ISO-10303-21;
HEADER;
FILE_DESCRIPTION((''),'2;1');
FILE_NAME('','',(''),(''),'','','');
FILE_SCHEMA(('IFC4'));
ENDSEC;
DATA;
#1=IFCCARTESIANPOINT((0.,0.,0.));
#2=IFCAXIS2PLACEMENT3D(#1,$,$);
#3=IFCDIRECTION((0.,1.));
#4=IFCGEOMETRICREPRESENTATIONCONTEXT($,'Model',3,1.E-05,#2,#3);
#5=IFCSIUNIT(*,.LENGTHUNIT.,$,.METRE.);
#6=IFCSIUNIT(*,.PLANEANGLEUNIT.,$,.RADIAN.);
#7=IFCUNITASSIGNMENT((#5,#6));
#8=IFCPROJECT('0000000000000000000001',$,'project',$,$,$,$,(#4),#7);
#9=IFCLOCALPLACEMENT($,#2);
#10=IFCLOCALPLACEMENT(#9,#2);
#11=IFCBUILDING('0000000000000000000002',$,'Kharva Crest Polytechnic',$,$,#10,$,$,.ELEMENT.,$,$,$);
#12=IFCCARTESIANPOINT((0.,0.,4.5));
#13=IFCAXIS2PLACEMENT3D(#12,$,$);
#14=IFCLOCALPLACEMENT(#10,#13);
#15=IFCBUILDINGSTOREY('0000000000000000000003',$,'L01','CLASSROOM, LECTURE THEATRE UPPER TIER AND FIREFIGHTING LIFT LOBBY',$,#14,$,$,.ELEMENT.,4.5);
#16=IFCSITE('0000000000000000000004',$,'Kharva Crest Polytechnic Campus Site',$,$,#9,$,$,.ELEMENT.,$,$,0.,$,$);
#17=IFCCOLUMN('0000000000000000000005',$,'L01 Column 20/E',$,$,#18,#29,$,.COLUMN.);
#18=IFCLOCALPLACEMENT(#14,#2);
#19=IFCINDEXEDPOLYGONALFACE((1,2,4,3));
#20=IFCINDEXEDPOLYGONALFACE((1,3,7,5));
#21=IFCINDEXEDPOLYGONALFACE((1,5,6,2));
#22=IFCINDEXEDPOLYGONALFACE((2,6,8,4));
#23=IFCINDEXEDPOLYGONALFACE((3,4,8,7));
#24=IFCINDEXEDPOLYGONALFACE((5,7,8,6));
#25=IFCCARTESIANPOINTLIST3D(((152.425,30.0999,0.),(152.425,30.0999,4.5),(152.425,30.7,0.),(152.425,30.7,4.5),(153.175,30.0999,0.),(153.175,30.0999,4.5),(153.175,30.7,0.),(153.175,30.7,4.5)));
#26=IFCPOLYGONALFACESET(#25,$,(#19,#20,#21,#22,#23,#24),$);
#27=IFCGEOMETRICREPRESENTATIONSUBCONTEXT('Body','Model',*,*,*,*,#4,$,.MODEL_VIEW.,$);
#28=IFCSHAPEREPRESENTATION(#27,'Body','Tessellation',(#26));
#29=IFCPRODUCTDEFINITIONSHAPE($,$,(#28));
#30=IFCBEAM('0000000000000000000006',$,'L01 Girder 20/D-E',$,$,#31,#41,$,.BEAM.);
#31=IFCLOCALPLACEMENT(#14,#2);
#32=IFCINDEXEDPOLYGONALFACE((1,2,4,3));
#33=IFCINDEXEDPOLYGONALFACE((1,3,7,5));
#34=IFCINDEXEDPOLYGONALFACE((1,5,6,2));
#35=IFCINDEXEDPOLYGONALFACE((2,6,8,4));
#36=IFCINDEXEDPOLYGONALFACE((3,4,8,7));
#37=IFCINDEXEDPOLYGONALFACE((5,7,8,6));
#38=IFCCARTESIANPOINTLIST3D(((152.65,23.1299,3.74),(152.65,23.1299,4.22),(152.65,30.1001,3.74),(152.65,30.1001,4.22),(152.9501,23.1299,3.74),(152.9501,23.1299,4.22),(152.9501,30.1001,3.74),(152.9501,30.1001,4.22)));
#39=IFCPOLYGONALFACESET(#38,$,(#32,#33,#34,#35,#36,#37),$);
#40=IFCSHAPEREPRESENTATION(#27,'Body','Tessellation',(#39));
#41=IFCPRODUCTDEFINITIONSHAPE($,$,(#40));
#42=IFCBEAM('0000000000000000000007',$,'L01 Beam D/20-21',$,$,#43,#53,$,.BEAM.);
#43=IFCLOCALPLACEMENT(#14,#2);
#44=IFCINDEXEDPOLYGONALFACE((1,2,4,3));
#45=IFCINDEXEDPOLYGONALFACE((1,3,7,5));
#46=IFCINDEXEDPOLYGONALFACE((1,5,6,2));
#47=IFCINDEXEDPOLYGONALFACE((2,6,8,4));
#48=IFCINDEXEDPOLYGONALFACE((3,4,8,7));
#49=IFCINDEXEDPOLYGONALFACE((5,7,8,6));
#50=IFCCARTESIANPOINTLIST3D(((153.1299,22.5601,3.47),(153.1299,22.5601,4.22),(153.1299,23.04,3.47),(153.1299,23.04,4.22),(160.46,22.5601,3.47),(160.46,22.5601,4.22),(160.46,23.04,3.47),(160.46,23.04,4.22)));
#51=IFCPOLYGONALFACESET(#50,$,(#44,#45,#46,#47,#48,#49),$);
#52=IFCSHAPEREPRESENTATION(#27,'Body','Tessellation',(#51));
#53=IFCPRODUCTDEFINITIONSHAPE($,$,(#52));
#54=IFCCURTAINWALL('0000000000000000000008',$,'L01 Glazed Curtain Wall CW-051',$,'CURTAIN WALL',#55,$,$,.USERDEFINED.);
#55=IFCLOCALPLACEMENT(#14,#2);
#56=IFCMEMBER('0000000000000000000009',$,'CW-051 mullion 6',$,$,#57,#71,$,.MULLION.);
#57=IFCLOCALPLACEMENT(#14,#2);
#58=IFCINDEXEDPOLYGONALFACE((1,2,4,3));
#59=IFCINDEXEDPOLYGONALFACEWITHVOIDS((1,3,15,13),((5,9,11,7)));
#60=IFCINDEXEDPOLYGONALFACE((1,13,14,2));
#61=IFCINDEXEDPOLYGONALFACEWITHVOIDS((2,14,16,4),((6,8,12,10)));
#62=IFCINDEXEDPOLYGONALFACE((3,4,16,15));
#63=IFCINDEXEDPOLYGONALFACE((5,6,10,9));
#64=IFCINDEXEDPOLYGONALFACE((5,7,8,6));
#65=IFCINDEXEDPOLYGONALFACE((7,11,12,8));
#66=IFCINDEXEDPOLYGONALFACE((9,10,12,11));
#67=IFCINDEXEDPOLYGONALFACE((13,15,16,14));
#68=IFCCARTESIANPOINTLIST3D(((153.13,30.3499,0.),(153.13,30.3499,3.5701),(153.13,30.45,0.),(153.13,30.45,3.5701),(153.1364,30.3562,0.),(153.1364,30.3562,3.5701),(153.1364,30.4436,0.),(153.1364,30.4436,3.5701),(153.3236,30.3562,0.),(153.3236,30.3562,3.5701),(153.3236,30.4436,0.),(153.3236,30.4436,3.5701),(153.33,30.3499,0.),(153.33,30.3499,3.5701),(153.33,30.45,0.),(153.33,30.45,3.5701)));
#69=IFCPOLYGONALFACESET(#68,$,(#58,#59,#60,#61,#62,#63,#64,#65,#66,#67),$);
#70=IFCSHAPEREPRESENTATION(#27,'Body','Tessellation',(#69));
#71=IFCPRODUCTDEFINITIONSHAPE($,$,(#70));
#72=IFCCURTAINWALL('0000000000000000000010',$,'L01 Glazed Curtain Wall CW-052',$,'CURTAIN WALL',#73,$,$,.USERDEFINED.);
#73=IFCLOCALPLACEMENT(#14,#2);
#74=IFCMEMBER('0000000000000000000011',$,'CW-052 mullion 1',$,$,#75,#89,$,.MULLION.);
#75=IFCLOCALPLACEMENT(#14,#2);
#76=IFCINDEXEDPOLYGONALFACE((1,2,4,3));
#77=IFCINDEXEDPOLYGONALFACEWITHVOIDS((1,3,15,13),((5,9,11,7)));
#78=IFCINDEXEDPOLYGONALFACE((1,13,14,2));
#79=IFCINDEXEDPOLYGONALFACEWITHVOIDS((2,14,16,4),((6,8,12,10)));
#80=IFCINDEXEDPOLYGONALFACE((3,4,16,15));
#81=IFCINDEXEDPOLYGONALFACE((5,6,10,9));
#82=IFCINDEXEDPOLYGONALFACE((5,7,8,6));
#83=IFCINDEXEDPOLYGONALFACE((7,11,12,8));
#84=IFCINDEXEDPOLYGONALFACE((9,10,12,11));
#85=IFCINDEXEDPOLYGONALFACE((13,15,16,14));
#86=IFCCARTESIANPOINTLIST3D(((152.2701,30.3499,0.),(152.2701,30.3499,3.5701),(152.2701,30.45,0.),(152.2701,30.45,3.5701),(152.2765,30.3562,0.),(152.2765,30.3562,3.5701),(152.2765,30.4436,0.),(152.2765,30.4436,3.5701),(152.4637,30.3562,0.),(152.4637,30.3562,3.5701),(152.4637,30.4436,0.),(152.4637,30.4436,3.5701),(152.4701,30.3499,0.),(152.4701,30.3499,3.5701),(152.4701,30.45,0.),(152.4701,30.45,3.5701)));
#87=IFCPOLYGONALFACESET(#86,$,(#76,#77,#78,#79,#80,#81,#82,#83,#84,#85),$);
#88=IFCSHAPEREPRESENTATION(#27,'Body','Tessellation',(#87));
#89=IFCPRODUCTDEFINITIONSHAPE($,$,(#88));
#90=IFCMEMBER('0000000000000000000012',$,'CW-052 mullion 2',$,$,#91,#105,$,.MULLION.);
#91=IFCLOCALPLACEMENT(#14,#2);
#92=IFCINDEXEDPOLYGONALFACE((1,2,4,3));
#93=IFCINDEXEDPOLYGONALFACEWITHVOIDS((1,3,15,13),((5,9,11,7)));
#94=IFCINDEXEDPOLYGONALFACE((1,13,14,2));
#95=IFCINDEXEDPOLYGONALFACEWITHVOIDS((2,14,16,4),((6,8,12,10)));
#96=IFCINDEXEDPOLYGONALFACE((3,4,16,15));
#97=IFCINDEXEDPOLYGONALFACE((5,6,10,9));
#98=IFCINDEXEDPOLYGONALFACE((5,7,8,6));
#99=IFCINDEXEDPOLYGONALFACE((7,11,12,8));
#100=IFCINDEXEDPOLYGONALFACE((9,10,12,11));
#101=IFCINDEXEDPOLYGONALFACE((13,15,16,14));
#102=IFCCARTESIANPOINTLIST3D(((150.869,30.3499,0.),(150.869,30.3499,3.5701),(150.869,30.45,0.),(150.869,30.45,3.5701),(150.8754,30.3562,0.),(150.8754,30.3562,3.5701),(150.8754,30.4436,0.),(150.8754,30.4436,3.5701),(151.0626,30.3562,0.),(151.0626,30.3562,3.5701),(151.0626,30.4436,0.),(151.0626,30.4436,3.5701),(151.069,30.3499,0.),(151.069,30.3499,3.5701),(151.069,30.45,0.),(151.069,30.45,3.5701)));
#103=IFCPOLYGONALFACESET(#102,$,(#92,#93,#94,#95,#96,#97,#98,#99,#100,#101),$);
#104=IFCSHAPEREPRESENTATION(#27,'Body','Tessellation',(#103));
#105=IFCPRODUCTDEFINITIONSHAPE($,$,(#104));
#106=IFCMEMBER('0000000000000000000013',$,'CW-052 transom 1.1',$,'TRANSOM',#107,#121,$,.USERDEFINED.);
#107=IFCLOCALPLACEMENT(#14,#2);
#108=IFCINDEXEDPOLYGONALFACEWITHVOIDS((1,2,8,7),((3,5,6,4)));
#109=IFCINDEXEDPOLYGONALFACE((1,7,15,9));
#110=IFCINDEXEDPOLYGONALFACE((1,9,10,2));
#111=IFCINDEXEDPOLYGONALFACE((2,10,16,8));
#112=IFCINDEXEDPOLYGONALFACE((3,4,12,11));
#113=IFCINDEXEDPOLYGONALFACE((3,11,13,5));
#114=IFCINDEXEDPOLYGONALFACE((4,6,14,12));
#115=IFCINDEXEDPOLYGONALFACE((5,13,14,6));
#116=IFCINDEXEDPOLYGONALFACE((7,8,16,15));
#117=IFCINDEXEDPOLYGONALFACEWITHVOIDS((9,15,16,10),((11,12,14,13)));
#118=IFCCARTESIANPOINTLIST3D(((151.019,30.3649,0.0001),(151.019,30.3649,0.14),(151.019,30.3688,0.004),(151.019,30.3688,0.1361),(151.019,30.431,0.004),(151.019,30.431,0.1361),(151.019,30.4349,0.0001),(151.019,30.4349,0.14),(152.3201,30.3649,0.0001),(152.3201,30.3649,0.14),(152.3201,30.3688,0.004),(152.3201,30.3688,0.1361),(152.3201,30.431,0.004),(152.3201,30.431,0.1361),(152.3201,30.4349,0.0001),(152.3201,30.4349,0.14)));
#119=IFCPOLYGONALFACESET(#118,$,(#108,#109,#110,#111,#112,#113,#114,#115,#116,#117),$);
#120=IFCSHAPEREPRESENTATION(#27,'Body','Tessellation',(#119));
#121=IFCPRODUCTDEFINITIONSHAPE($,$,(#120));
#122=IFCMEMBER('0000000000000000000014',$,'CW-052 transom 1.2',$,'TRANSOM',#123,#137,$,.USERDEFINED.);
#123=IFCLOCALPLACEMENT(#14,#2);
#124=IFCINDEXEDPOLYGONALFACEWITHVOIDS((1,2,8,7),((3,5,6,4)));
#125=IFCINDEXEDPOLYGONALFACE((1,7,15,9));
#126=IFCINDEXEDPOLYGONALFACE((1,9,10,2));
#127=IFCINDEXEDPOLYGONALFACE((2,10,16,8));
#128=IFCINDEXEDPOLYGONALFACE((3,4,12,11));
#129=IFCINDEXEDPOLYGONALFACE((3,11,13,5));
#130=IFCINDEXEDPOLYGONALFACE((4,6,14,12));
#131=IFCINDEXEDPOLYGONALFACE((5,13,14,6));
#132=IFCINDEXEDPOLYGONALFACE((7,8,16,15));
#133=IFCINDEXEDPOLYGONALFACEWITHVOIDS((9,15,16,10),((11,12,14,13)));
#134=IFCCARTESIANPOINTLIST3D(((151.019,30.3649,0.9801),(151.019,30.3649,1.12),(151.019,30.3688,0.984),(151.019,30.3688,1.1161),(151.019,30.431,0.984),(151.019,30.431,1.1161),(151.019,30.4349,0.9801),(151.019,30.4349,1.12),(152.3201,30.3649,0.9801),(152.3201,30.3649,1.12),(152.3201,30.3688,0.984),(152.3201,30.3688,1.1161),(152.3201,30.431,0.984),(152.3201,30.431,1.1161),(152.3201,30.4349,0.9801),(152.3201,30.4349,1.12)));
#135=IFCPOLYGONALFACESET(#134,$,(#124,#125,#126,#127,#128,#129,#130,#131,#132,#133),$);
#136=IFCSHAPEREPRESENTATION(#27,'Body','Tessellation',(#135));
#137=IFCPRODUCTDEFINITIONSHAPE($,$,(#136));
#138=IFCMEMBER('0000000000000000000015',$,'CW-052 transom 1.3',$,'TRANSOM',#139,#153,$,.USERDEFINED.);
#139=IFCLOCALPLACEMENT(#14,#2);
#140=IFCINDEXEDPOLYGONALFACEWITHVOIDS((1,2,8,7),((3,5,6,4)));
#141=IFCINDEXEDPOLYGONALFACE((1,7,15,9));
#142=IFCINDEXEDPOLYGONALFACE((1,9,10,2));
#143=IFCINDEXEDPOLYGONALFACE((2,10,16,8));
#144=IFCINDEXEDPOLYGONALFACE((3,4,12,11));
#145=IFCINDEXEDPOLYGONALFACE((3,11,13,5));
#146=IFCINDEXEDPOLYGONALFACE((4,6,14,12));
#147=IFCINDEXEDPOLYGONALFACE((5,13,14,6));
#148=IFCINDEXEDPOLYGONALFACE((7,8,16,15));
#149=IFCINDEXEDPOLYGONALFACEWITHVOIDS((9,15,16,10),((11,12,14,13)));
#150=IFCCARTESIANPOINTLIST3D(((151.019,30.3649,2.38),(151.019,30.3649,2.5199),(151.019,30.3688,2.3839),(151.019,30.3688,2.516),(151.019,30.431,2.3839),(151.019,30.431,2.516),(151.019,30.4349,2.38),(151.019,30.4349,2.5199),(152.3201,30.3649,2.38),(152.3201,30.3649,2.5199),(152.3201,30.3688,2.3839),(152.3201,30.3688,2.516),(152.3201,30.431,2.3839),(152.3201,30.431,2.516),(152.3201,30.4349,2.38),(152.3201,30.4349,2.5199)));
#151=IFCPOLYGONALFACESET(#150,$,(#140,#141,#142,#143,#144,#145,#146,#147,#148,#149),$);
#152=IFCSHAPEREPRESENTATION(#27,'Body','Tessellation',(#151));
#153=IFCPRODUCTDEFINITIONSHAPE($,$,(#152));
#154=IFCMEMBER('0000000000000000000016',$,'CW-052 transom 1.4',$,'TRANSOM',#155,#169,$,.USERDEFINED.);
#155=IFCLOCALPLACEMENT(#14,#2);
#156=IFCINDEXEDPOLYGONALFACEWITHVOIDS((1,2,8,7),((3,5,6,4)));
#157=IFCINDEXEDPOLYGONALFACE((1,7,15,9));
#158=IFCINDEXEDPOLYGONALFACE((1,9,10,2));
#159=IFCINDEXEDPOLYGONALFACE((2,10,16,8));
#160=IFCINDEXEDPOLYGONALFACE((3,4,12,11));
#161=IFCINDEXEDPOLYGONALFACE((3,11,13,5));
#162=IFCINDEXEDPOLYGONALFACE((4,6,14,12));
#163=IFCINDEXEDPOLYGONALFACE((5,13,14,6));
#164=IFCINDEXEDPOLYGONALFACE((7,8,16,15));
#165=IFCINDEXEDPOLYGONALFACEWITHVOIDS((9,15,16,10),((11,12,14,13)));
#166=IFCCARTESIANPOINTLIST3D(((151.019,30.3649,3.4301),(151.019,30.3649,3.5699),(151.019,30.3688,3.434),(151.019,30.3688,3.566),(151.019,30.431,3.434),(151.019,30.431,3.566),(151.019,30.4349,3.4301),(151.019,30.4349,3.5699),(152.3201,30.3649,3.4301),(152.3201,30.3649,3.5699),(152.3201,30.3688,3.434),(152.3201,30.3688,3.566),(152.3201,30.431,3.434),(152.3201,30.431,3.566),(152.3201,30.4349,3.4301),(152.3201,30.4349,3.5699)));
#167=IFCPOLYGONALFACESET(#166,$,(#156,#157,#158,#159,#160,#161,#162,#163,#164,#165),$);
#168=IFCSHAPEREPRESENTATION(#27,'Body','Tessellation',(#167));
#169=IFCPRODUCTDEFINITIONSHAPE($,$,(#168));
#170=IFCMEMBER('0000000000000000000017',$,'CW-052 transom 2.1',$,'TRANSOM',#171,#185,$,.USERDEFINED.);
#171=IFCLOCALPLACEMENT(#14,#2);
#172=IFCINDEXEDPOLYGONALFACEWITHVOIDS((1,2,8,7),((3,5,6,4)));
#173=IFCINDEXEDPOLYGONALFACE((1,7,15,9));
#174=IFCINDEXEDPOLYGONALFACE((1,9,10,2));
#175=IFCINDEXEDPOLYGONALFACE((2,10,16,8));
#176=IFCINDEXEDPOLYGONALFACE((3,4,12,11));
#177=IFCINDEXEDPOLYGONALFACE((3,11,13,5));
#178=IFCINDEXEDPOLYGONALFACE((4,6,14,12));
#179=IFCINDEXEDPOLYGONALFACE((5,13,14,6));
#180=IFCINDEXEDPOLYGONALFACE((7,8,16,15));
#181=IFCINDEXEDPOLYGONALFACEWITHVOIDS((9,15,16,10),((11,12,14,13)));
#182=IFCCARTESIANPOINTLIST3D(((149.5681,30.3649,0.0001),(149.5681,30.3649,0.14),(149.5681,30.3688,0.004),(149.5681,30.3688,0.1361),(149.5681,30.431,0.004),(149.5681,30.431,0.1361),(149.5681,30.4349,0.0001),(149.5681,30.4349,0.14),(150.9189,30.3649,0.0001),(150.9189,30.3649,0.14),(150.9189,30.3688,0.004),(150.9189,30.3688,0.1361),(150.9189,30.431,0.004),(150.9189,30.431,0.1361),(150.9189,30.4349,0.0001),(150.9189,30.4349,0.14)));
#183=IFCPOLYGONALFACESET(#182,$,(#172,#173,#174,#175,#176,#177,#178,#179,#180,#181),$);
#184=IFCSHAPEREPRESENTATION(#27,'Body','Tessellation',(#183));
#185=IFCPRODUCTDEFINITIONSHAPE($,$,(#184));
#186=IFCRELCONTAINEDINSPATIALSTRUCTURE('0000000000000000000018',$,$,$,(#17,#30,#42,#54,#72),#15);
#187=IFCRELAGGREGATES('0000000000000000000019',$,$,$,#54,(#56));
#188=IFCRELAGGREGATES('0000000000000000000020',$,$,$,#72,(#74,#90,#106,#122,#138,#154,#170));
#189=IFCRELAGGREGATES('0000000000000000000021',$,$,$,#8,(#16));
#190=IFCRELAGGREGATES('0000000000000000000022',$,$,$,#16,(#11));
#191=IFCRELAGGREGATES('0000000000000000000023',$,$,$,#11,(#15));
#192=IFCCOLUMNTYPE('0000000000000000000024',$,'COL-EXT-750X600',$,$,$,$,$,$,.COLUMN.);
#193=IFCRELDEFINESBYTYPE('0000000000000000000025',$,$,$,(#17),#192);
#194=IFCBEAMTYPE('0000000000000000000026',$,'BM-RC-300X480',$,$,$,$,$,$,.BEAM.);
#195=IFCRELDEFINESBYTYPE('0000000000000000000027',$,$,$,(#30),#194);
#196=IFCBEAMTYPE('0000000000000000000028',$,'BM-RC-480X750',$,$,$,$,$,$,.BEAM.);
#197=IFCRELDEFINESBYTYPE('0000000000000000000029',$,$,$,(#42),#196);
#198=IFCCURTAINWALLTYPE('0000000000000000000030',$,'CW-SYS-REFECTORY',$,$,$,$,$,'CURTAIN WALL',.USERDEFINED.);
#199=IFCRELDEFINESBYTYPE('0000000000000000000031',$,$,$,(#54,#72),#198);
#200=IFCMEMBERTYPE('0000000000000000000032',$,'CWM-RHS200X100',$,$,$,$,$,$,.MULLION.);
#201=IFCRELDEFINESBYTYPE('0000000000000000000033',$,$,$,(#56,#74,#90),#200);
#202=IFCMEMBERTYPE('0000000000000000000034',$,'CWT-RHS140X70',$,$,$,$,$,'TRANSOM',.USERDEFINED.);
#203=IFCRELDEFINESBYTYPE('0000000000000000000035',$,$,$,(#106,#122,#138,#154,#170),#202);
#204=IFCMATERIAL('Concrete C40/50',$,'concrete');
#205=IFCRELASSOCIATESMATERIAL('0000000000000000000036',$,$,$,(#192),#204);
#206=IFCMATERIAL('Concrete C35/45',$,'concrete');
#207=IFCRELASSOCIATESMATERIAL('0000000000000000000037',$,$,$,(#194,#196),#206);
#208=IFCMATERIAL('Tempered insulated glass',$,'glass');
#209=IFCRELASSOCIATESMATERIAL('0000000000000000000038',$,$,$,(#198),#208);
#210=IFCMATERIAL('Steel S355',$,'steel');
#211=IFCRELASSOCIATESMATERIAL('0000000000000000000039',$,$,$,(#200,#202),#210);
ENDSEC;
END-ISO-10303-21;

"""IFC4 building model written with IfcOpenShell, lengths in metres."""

from ifc_helpers import new_model, si_unit, direction, frame, origin, origin_2d, place, context, subcontext, project, spatial, rectangle, hollow_rectangle, extrude, material, material_profile, profile_set, type_object, element, aggregate, save


model = new_model("IFC4")

# Units and contexts
model_context = context("Model", 3, precision=1e-05, world=origin(), true_north=direction((0.0, 1.0)))
body_context = subcontext(model_context, "Body", "Model", "MODEL_VIEW")
ifc_project = project(units=[si_unit("LENGTHUNIT", "METRE"), si_unit("PLANEANGLEUNIT", "RADIAN")], contexts=[model_context])

# Site, building, storey
site_placement = place(None, origin())
site = spatial("IfcSite", under=ifc_project, at=site_placement, Name="Kharva Crest Polytechnic Campus Site", CompositionType="ELEMENT", RefElevation=0.0)
building_placement = place(site_placement, origin())
building = spatial("IfcBuilding", under=site, at=building_placement, Name="Kharva Crest Polytechnic", CompositionType="ELEMENT")
storey_placement = place(building_placement, frame((0.0, 0.0, 4.5)))
storey = spatial("IfcBuildingStorey", under=building, at=storey_placement, Name="L01", Description="CLASSROOM, LECTURE THEATRE UPPER TIER AND FIREFIGHTING LIFT LOBBY", CompositionType="ELEMENT", Elevation=4.5)

# Column
ifc_material_1 = material(Name="Concrete C40/50", Category="concrete")
ifc_material_profile_1 = material_profile(ifc_material_1, rectangle(XDim=0.75, YDim=0.6001, at=origin_2d()), Name="RECT 750 X 600")
ifc_profile_set_1 = profile_set([ifc_material_profile_1], Name="Concrete C40/50")
column_type = type_object("IfcColumnType", Name="COL-EXT-750X600", PredefinedType="COLUMN", material=ifc_profile_set_1)
column_placement = place(storey_placement, frame((152.8, 30.3999, 0.0), z_axis=(0.0, 0.0, 1.0), x_axis=(1.0, 0.0, 0.0)))
element("IfcColumn", 1, at=column_placement, inside=storey, type_object=column_type, Name="L01 Column 20/E", PredefinedType="COLUMN", context=body_context, shape_type="SweptSolid", body=[
    extrude(rectangle(XDim=0.75, YDim=0.6001, at=origin_2d()), origin(), (0.0, 0.0, 1.0), 4.5),
])

# Beams
ifc_material_2 = material(Name="Concrete C35/45", Category="concrete")
ifc_material_profile_2 = material_profile(ifc_material_2, rectangle(XDim=0.3, YDim=0.48, at=origin_2d()), Name="RECT 300 X 480")
ifc_profile_set_2 = profile_set([ifc_material_profile_2], Name="Concrete C35/45")
beam_type_1 = type_object("IfcBeamType", Name="BM-RC-300X480", PredefinedType="BEAM", material=ifc_profile_set_2)
beam_1_placement = place(storey_placement, frame((152.8, 23.1299, 3.98), z_axis=(0.0, 1.0, 0.0), x_axis=(-1.0, 0.0, 0.0)))
element("IfcBeam", 2, at=beam_1_placement, inside=storey, type_object=beam_type_1, Name="L01 Girder 20/D-E", PredefinedType="BEAM", context=body_context, shape_type="SweptSolid", body=[
    extrude(rectangle(XDim=0.3, YDim=0.48, at=origin_2d()), origin(), (0.0, 0.0, 1.0), 6.9702),
])
ifc_material_profile_3 = material_profile(ifc_material_2, rectangle(XDim=0.48, YDim=0.75, at=origin_2d()), Name="RECT 480 X 750")
ifc_profile_set_3 = profile_set([ifc_material_profile_3], Name="Concrete C35/45")
beam_type_2 = type_object("IfcBeamType", Name="BM-RC-480X750", PredefinedType="BEAM", material=ifc_profile_set_3)
beam_2_placement = place(storey_placement, frame((153.1299, 22.8, 3.845), z_axis=(1.0, 0.0, 0.0), x_axis=(0.0, 1.0, 0.0)))
element("IfcBeam", 3, at=beam_2_placement, inside=storey, type_object=beam_type_2, Name="L01 Beam D/20-21", PredefinedType="BEAM", context=body_context, shape_type="SweptSolid", body=[
    extrude(rectangle(XDim=0.48, YDim=0.75, at=origin_2d()), origin(), (0.0, 0.0, 1.0), 7.3301),
])

# Curtain wall, member
ifc_material_3 = material(Name="Tempered insulated glass", Category="glass")
curtain_wall_type = type_object("IfcCurtainWallType", Name="CW-SYS-REFECTORY", ElementType="CURTAIN WALL", PredefinedType="USERDEFINED", material=ifc_material_3)
curtain_wall_1_placement = place(storey_placement, origin())
curtain_wall_1 = element("IfcCurtainWall", 4, at=curtain_wall_1_placement, inside=storey, type_object=curtain_wall_type, Name="L01 Glazed Curtain Wall CW-051", ObjectType="CURTAIN WALL", PredefinedType="USERDEFINED")
ifc_material_4 = material(Name="Steel S355", Category="steel")
ifc_material_profile_4 = material_profile(ifc_material_4, hollow_rectangle(XDim=0.1001, YDim=0.2, WallThickness=0.0063, at=origin_2d()), Name="RHS 200X100X6.3")
ifc_profile_set_4 = profile_set([ifc_material_profile_4], Name="Steel S355")
member_type_1 = type_object("IfcMemberType", Name="CWM-RHS200X100", PredefinedType="MULLION", material=ifc_profile_set_4)
member_1_placement = place(storey_placement, frame((153.23, 30.3999, 0.0), z_axis=(0.0, 0.0, 1.0), x_axis=(0.0, -1.0, 0.0)))
member_1 = element("IfcMember", 5, at=member_1_placement, type_object=member_type_1, Name="CW-051 mullion 6", PredefinedType="MULLION", context=body_context, shape_type="SweptSolid", body=[
    extrude(hollow_rectangle(XDim=0.1001, YDim=0.2, WallThickness=0.0063, at=origin_2d()), origin(), (0.0, 0.0, 1.0), 3.5701),
])

# Curtain wall, members
curtain_wall_2_placement = place(storey_placement, origin())
curtain_wall_2 = element("IfcCurtainWall", 6, at=curtain_wall_2_placement, inside=storey, type_object=curtain_wall_type, Name="L01 Glazed Curtain Wall CW-052", ObjectType="CURTAIN WALL", PredefinedType="USERDEFINED")
member_2_placement = place(storey_placement, frame((152.3701, 30.3999, 0.0), z_axis=(0.0, 0.0, 1.0), x_axis=(0.0, -1.0, 0.0)))
member_2 = element("IfcMember", 7, at=member_2_placement, type_object=member_type_1, Name="CW-052 mullion 1", PredefinedType="MULLION", context=body_context, shape_type="SweptSolid", body=[
    extrude(hollow_rectangle(XDim=0.1001, YDim=0.2, WallThickness=0.0063, at=origin_2d()), origin(), (0.0, 0.0, 1.0), 3.5701),
])
member_3_placement = place(storey_placement, frame((150.969, 30.3999, 0.0), z_axis=(0.0, 0.0, 1.0), x_axis=(0.0, -1.0, 0.0)))
member_3 = element("IfcMember", 8, at=member_3_placement, type_object=member_type_1, Name="CW-052 mullion 2", PredefinedType="MULLION", context=body_context, shape_type="SweptSolid", body=[
    extrude(hollow_rectangle(XDim=0.1001, YDim=0.2, WallThickness=0.0063, at=origin_2d()), origin(), (0.0, 0.0, 1.0), 3.5701),
])
ifc_material_profile_5 = material_profile(ifc_material_4, hollow_rectangle(XDim=0.0701, YDim=0.1399, WallThickness=0.0039, at=origin_2d()), Name="RHS 140X70X4.0")
ifc_profile_set_5 = profile_set([ifc_material_profile_5], Name="Steel S355")
member_type_2 = type_object("IfcMemberType", Name="CWT-RHS140X70", ElementType="TRANSOM", PredefinedType="USERDEFINED", material=ifc_profile_set_5)
member_4_placement = place(storey_placement, frame((152.3201, 30.3999, 0.0701), z_axis=(-1.0, 0.0, 0.0), x_axis=(0.0, -1.0, 0.0)))
member_4 = element("IfcMember", 9, at=member_4_placement, type_object=member_type_2, Name="CW-052 transom 1.1", ObjectType="TRANSOM", PredefinedType="USERDEFINED", context=body_context, shape_type="SweptSolid", body=[
    extrude(hollow_rectangle(XDim=0.0701, YDim=0.1399, WallThickness=0.0039, at=origin_2d()), origin(), (0.0, 0.0, 1.0), 1.301),
])
member_5_placement = place(storey_placement, frame((152.3201, 30.3999, 1.05), z_axis=(-1.0, 0.0, 0.0), x_axis=(0.0, -1.0, 0.0)))
member_5 = element("IfcMember", 10, at=member_5_placement, type_object=member_type_2, Name="CW-052 transom 1.2", ObjectType="TRANSOM", PredefinedType="USERDEFINED", context=body_context, shape_type="SweptSolid", body=[
    extrude(hollow_rectangle(XDim=0.0701, YDim=0.1399, WallThickness=0.0039, at=origin_2d()), origin(), (0.0, 0.0, 1.0), 1.301),
])
member_6_placement = place(storey_placement, frame((152.3201, 30.3999, 2.45), z_axis=(-1.0, 0.0, 0.0), x_axis=(0.0, -1.0, 0.0)))
member_6 = element("IfcMember", 11, at=member_6_placement, type_object=member_type_2, Name="CW-052 transom 1.3", ObjectType="TRANSOM", PredefinedType="USERDEFINED", context=body_context, shape_type="SweptSolid", body=[
    extrude(hollow_rectangle(XDim=0.0701, YDim=0.1399, WallThickness=0.0039, at=origin_2d()), origin(), (0.0, 0.0, 1.0), 1.301),
])
member_7_placement = place(storey_placement, frame((152.3201, 30.3999, 3.5), z_axis=(-1.0, 0.0, 0.0), x_axis=(0.0, -1.0, 0.0)))
member_7 = element("IfcMember", 12, at=member_7_placement, type_object=member_type_2, Name="CW-052 transom 1.4", ObjectType="TRANSOM", PredefinedType="USERDEFINED", context=body_context, shape_type="SweptSolid", body=[
    extrude(hollow_rectangle(XDim=0.0701, YDim=0.1399, WallThickness=0.0039, at=origin_2d()), origin(), (0.0, 0.0, 1.0), 1.301),
])
member_8_placement = place(storey_placement, frame((150.9189, 30.3999, 0.0701), z_axis=(-1.0, 0.0, 0.0), x_axis=(0.0, -1.0, 0.0)))
member_8 = element("IfcMember", 13, at=member_8_placement, type_object=member_type_2, Name="CW-052 transom 2.1", ObjectType="TRANSOM", PredefinedType="USERDEFINED", context=body_context, shape_type="SweptSolid", body=[
    extrude(hollow_rectangle(XDim=0.0701, YDim=0.1399, WallThickness=0.0039, at=origin_2d()), origin(), (0.0, 0.0, 1.0), 1.3508),
])

aggregate(curtain_wall_1, [member_1])
aggregate(curtain_wall_2, [member_2, member_3, member_4, member_5, member_6, member_7, member_8])

save(model, "model.ifc")
